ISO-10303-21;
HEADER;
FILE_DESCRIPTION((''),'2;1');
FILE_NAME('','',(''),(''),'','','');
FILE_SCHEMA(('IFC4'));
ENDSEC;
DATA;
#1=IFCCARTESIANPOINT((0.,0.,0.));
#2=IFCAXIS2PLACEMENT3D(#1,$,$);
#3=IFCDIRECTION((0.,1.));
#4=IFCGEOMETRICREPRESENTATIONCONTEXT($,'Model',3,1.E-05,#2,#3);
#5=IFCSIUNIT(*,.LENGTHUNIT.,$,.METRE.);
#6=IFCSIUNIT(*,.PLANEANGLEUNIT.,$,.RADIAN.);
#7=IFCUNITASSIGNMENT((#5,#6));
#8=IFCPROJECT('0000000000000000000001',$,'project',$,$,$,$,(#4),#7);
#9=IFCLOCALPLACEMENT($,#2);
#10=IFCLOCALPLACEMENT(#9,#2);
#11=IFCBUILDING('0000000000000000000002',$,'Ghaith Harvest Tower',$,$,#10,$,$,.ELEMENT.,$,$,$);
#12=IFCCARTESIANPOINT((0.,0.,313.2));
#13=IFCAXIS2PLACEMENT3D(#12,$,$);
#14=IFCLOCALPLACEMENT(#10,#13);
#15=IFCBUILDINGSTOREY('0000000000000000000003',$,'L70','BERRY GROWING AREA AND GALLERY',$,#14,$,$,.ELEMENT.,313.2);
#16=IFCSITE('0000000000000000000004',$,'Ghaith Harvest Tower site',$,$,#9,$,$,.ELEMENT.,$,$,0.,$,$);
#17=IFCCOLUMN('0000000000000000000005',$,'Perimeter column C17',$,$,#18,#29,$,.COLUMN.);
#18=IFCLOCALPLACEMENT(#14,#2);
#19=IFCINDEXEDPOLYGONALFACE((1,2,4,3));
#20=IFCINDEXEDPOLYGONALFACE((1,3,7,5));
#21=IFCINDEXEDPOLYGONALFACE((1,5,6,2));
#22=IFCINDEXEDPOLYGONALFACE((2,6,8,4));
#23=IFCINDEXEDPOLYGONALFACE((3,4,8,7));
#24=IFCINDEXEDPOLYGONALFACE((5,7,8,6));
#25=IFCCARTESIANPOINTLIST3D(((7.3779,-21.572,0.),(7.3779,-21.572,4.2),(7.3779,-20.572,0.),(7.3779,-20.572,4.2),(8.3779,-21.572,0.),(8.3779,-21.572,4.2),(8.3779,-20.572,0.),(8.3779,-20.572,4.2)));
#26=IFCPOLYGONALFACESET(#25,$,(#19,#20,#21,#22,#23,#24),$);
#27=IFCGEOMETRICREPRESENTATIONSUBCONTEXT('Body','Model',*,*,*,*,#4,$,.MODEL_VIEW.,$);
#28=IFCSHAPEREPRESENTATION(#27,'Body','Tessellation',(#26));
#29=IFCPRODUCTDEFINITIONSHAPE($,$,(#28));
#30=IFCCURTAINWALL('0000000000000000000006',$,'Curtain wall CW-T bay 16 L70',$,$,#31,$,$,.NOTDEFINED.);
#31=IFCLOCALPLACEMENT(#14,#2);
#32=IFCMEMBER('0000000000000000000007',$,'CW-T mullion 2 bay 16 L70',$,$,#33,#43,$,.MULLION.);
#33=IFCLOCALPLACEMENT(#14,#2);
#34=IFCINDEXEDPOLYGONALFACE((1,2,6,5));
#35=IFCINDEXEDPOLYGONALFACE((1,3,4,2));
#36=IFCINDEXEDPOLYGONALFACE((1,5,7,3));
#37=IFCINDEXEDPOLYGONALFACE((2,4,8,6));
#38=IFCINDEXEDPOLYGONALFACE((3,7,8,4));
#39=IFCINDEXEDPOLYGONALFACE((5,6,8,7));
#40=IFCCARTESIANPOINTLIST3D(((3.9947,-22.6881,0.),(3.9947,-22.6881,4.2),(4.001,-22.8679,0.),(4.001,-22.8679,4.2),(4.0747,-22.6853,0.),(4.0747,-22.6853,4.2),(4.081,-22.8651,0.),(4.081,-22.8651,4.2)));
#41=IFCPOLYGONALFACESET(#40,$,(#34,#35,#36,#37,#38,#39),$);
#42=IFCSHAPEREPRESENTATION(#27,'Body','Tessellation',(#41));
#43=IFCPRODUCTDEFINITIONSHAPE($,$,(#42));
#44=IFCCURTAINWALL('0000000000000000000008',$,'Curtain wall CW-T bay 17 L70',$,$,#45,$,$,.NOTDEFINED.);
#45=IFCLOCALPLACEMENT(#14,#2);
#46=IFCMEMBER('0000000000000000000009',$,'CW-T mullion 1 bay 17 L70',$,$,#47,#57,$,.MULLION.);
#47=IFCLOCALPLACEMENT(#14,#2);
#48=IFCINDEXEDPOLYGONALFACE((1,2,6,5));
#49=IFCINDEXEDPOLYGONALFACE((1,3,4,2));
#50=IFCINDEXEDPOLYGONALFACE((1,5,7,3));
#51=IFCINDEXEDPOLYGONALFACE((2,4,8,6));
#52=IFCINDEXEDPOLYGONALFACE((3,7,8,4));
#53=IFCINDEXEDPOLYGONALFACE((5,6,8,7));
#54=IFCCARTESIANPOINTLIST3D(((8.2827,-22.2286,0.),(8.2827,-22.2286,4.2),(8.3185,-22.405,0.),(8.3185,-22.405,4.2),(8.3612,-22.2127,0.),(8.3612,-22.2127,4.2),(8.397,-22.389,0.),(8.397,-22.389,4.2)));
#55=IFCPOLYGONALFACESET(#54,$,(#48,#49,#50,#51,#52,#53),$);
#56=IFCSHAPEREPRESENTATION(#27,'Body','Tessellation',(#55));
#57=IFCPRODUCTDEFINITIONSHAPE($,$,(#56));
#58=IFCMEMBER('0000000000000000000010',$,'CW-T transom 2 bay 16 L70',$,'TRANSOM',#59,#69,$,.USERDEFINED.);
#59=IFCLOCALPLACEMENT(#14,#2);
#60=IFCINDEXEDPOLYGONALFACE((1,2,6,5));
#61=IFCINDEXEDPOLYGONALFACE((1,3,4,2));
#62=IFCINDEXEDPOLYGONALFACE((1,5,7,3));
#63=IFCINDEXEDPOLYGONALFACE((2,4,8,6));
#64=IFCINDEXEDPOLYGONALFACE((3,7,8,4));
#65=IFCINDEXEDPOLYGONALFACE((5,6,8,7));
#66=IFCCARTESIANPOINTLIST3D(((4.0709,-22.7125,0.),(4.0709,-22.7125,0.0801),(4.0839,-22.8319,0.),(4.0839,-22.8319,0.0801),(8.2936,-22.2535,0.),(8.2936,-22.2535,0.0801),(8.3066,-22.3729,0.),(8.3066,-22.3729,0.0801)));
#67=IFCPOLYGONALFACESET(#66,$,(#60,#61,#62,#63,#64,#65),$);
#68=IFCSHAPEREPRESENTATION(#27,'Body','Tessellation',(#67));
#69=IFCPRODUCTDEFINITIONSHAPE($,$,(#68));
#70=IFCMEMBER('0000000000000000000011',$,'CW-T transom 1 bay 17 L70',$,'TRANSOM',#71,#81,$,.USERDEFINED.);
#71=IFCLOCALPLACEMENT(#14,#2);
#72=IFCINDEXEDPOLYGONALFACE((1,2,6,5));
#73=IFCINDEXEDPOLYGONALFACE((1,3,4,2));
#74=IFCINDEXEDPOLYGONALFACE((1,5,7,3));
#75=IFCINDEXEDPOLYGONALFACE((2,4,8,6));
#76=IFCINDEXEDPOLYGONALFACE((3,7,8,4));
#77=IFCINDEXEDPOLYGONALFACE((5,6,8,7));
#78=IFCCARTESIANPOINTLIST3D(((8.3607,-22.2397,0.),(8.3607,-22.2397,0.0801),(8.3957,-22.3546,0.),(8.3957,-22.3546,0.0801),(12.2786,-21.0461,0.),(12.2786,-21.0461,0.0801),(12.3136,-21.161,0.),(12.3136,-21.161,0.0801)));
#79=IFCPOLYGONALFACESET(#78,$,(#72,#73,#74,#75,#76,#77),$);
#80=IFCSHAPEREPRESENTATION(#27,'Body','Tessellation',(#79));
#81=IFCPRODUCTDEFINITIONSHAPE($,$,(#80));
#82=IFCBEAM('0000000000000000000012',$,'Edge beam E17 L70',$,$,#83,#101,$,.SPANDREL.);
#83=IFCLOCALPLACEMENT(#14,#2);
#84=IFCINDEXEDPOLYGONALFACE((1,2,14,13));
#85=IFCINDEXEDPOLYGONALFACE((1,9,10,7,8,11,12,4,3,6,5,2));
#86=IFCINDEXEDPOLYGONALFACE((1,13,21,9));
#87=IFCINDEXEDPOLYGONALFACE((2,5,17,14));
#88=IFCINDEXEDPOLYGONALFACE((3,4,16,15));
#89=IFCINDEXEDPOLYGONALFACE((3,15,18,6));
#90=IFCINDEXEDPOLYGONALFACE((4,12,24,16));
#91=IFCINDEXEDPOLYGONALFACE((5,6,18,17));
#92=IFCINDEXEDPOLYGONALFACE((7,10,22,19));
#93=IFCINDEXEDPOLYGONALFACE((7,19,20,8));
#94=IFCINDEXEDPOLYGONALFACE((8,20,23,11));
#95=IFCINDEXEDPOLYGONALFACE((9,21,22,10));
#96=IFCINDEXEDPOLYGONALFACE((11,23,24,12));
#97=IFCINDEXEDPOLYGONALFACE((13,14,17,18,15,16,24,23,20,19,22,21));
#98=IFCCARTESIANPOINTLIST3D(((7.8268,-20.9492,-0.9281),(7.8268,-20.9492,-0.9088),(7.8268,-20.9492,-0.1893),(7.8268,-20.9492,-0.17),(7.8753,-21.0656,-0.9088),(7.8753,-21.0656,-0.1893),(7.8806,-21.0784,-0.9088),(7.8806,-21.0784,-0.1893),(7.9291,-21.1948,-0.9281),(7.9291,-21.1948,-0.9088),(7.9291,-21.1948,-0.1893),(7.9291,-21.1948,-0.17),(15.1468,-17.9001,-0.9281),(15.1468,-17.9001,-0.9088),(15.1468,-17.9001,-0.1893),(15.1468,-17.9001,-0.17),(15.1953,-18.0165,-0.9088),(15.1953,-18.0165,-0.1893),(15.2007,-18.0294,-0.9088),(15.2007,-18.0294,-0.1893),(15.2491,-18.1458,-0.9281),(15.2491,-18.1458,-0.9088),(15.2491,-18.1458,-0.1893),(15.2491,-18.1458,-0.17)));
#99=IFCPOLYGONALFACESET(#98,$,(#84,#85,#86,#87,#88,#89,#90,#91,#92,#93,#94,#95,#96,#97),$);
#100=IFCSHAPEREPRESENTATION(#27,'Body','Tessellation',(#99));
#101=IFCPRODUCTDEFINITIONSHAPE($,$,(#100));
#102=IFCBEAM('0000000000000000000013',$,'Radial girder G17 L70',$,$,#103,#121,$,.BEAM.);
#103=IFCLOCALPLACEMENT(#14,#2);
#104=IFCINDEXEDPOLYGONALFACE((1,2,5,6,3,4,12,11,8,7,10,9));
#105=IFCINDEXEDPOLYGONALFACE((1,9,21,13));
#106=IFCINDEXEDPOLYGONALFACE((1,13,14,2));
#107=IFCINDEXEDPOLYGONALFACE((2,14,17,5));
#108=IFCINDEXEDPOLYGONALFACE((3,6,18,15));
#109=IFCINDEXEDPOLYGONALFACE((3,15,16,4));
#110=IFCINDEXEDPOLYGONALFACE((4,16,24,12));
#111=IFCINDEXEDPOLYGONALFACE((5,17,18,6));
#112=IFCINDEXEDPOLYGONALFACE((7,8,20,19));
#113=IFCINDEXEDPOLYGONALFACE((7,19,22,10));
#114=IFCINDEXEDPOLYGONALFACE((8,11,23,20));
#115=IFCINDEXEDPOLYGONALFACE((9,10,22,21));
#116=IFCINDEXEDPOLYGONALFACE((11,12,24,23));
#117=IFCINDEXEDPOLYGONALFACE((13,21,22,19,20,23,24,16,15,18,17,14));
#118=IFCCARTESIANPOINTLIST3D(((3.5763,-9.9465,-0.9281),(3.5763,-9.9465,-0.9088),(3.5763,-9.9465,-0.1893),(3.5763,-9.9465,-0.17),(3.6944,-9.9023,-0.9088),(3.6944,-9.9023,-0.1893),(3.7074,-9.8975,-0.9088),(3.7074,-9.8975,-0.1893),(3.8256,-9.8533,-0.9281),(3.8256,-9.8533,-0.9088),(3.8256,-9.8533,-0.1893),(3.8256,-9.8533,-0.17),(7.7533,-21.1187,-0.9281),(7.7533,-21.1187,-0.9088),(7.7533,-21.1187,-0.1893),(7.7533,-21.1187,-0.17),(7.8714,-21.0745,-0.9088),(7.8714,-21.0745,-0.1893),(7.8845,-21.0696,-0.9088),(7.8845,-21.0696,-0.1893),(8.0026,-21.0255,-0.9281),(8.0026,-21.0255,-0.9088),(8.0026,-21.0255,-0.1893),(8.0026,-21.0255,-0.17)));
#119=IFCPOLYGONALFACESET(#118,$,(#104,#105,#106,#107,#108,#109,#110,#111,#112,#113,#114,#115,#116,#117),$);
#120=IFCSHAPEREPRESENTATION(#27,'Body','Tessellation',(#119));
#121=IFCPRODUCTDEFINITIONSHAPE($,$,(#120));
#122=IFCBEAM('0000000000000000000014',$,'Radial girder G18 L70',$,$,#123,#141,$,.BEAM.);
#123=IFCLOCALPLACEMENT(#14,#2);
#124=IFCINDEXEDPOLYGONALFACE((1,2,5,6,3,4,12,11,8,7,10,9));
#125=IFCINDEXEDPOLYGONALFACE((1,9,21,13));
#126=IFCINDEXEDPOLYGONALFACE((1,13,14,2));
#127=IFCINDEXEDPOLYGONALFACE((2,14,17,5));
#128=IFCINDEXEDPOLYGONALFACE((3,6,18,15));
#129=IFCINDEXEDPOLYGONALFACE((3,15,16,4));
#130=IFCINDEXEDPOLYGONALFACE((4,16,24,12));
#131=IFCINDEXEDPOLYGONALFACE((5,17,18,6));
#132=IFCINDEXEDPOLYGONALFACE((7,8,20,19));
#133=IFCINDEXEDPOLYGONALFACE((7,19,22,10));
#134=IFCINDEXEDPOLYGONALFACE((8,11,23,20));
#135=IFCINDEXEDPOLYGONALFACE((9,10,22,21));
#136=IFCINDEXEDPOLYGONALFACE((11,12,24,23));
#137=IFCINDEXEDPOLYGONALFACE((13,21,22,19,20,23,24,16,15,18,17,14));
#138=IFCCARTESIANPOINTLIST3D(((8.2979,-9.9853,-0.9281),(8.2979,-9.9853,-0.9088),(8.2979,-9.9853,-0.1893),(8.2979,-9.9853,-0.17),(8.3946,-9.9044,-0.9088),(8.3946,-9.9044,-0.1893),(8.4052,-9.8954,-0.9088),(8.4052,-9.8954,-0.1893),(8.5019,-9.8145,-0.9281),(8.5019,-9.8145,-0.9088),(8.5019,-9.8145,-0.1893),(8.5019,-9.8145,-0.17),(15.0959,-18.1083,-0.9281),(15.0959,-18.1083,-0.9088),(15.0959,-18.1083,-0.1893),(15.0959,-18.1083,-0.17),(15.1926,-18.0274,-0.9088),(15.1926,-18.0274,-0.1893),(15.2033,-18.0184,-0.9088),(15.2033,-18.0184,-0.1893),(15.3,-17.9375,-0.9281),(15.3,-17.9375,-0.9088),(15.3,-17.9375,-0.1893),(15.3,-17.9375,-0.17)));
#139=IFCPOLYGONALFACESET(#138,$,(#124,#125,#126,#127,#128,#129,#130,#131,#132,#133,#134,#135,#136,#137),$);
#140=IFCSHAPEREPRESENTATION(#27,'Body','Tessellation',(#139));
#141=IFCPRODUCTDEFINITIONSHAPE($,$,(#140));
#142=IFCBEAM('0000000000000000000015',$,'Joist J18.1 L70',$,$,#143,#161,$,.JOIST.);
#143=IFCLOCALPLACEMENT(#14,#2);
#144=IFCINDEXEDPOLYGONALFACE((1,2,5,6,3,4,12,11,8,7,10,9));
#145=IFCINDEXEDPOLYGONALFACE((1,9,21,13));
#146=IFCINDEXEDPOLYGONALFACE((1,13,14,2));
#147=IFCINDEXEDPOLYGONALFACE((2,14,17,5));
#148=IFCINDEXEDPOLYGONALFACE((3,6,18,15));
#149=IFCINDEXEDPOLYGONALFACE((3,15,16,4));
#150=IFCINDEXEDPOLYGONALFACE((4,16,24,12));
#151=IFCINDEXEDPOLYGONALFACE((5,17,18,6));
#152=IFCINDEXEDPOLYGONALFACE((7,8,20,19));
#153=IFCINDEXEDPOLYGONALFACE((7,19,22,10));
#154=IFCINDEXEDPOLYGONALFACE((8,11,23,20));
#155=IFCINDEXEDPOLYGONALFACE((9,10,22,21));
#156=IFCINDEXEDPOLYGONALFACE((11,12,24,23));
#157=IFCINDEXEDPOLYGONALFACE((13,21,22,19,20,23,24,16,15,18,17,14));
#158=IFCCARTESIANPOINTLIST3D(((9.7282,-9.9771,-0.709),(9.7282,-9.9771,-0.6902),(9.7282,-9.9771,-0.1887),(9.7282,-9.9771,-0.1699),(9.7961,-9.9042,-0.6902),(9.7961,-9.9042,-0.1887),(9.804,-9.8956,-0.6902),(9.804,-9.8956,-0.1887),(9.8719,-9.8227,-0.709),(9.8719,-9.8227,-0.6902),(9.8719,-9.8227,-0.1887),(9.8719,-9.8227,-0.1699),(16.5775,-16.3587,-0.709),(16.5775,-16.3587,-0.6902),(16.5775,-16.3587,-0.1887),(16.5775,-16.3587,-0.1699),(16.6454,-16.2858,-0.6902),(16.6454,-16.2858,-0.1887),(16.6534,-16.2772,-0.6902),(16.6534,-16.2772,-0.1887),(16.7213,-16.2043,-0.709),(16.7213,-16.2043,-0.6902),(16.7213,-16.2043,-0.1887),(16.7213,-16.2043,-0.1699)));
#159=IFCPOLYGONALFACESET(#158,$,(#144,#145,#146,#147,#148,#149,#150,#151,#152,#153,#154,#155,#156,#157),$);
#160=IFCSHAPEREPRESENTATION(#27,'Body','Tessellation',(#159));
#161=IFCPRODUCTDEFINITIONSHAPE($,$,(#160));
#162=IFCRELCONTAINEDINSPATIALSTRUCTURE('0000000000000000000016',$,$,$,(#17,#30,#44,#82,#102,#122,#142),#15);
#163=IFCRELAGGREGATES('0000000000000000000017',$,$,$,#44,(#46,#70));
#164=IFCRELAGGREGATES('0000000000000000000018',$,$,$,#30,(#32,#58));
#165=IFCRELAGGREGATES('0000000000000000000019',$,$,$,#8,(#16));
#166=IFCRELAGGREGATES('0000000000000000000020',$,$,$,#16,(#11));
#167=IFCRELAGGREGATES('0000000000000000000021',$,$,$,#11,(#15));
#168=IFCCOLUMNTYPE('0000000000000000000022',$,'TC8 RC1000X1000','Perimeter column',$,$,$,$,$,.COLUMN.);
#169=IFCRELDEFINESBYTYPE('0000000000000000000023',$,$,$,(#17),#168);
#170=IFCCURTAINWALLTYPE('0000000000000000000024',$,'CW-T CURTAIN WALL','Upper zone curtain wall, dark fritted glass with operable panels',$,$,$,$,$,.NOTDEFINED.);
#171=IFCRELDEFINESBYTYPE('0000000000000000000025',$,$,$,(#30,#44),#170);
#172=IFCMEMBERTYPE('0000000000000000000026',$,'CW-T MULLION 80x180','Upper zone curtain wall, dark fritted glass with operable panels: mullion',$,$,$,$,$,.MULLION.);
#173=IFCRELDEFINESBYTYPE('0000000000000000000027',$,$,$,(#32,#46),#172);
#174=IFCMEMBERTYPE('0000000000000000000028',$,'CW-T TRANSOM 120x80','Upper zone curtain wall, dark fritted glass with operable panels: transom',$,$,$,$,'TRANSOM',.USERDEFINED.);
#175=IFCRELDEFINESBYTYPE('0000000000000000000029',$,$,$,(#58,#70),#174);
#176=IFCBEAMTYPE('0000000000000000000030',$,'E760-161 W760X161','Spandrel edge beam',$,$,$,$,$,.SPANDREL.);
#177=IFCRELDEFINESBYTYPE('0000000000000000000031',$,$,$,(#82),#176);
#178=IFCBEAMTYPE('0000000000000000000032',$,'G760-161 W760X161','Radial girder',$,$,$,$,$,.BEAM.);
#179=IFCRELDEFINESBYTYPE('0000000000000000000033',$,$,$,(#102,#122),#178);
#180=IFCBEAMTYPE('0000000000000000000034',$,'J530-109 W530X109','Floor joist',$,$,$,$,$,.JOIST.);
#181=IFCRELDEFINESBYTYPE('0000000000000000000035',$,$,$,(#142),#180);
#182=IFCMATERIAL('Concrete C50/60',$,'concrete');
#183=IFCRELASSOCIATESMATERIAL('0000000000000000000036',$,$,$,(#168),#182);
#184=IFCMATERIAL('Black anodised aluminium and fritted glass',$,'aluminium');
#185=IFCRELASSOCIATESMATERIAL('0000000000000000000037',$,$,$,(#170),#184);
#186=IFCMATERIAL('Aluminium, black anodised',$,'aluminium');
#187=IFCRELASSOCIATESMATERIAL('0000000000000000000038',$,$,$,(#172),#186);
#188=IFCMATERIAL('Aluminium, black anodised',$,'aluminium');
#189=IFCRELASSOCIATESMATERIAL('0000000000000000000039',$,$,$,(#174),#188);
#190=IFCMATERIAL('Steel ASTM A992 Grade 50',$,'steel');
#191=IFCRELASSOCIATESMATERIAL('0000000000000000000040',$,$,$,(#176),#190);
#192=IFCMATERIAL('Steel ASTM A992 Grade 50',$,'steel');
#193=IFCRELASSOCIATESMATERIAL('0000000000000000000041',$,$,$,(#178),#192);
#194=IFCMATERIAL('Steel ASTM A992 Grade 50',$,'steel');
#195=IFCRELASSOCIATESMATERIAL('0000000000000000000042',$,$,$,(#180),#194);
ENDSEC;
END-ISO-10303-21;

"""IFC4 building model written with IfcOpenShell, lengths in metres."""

from ifc_helpers import new_model, si_unit, direction, frame, origin, origin_2d, place, context, subcontext, project, spatial, rectangle, i_section, extrude, material, material_profile, profile_set, type_object, element, aggregate, save


model = new_model("IFC4")

# Units and contexts
model_context = context("Model", 3, precision=1e-05, world=origin(), true_north=direction((0.0, 1.0)))
body_context = subcontext(model_context, "Body", "Model", "MODEL_VIEW")
ifc_project = project(units=[si_unit("LENGTHUNIT", "METRE"), si_unit("PLANEANGLEUNIT", "RADIAN")], contexts=[model_context])

# Site, building, storey
site_placement = place(None, origin())
site = spatial("IfcSite", under=ifc_project, at=site_placement, Name="Ghaith Harvest Tower site", CompositionType="ELEMENT", RefElevation=0.0)
building_placement = place(site_placement, origin())
building = spatial("IfcBuilding", under=site, at=building_placement, Name="Ghaith Harvest Tower", CompositionType="ELEMENT")
storey_placement = place(building_placement, frame((0.0, 0.0, 313.2)))
storey = spatial("IfcBuildingStorey", under=building, at=storey_placement, Name="L70", Description="BERRY GROWING AREA AND GALLERY", CompositionType="ELEMENT", Elevation=313.2)

# Column
ifc_material_1 = material(Name="Concrete C50/60", Category="concrete")
ifc_material_profile_1 = material_profile(ifc_material_1, rectangle(XDim=1.0, YDim=1.0, at=origin_2d()), Name="RC1000X1000")
ifc_profile_set_1 = profile_set([ifc_material_profile_1], Name="Concrete C50/60")
column_type = type_object("IfcColumnType", Name="TC8 RC1000X1000", Description="Perimeter column", PredefinedType="COLUMN", material=ifc_profile_set_1)
column_placement = place(storey_placement, frame((7.8779, -21.072, 0.0), z_axis=(0.0, 0.0, 1.0), x_axis=(1.0, 0.0, 0.0)))
element("IfcColumn", 1, at=column_placement, inside=storey, type_object=column_type, Name="Perimeter column C17", PredefinedType="COLUMN", context=body_context, shape_type="SweptSolid", body=[
    extrude(rectangle(XDim=1.0, YDim=1.0, at=origin_2d()), origin(), (0.0, 0.0, 1.0), 4.2),
])

# Curtain walls, members
ifc_material_2 = material(Name="Black anodised aluminium and fritted glass", Category="aluminium")
curtain_wall_type = type_object("IfcCurtainWallType", Name="CW-T CURTAIN WALL", Description="Upper zone curtain wall, dark fritted glass with operable panels", PredefinedType="NOTDEFINED", material=ifc_material_2)
curtain_wall_1_placement = place(storey_placement, origin())
curtain_wall_1 = element("IfcCurtainWall", 2, at=curtain_wall_1_placement, inside=storey, type_object=curtain_wall_type, Name="Curtain wall CW-T bay 16 L70", PredefinedType="NOTDEFINED")
ifc_material_3 = material(Name="Aluminium, black anodised", Category="aluminium")
ifc_material_profile_2 = material_profile(ifc_material_3, rectangle(XDim=0.0801, YDim=0.1799, at=origin_2d()), Name="CW-T MULLION 80x180")
ifc_profile_set_2 = profile_set([ifc_material_profile_2], Name="Aluminium, black anodised")
member_type_1 = type_object("IfcMemberType", Name="CW-T MULLION 80x180", Description="Upper zone curtain wall, dark fritted glass with operable panels: mullion", PredefinedType="MULLION", material=ifc_profile_set_2)
member_1_placement = place(storey_placement, frame((4.0378, -22.7766, 0.0), z_axis=(0.0, 0.0, 1.0), x_axis=(0.999389, 0.034962, 0.0)))
member_1 = element("IfcMember", 3, at=member_1_placement, type_object=member_type_1, Name="CW-T mullion 2 bay 16 L70", PredefinedType="MULLION", context=body_context, shape_type="SweptSolid", body=[
    extrude(rectangle(XDim=0.0801, YDim=0.1799, at=origin_2d()), origin(), (0.0, 0.0, 1.0), 4.2),
])
curtain_wall_2_placement = place(storey_placement, origin())
curtain_wall_2 = element("IfcCurtainWall", 4, at=curtain_wall_2_placement, inside=storey, type_object=curtain_wall_type, Name="Curtain wall CW-T bay 17 L70", PredefinedType="NOTDEFINED")
member_2_placement = place(storey_placement, frame((8.3398, -22.3088, 0.0), z_axis=(0.0, 0.0, 1.0), x_axis=(0.98, 0.198997, 0.0)))
member_2 = element("IfcMember", 5, at=member_2_placement, type_object=member_type_1, Name="CW-T mullion 1 bay 17 L70", PredefinedType="MULLION", context=body_context, shape_type="SweptSolid", body=[
    extrude(rectangle(XDim=0.0801, YDim=0.1799, at=origin_2d()), origin(), (0.0, 0.0, 1.0), 4.2),
])

# Members
ifc_material_4 = material(Name="Aluminium, black anodised", Category="aluminium")
ifc_material_profile_3 = material_profile(ifc_material_4, rectangle(XDim=0.1201, YDim=0.0801, at=origin_2d()), Name="CW-T TRANSOM 120x80")
ifc_profile_set_3 = profile_set([ifc_material_profile_3], Name="Aluminium, black anodised")
member_type_2 = type_object("IfcMemberType", Name="CW-T TRANSOM 120x80", Description="Upper zone curtain wall, dark fritted glass with operable panels: transom", ElementType="TRANSOM", PredefinedType="USERDEFINED", material=ifc_profile_set_3)
member_3_placement = place(storey_placement, frame((4.0774, -22.7722, 0.04), z_axis=(0.994144, 0.108059, 0.0), x_axis=(-0.108059, 0.994144, 0.0)))
member_3 = element("IfcMember", 6, at=member_3_placement, type_object=member_type_2, Name="CW-T transom 2 bay 16 L70", ObjectType="TRANSOM", PredefinedType="USERDEFINED", context=body_context, shape_type="SweptSolid", body=[
    extrude(rectangle(XDim=0.1201, YDim=0.0801, at=origin_2d()), origin(), (0.0, 0.0, 1.0), 4.2476),
])
member_4_placement = place(storey_placement, frame((8.3782, -22.2971, 0.04), z_axis=(0.956594, 0.291425, 0.0), x_axis=(-0.291425, 0.956594, 0.0)))
member_4 = element("IfcMember", 7, at=member_4_placement, type_object=member_type_2, Name="CW-T transom 1 bay 17 L70", ObjectType="TRANSOM", PredefinedType="USERDEFINED", context=body_context, shape_type="SweptSolid", body=[
    extrude(rectangle(XDim=0.1201, YDim=0.0801, at=origin_2d()), origin(), (0.0, 0.0, 1.0), 4.0957),
])
aggregate(curtain_wall_2, [member_2, member_4])

# Beams
ifc_material_5 = material(Name="Steel ASTM A992 Grade 50", Category="steel")
ifc_material_profile_4 = material_profile(ifc_material_5, i_section(OverallWidth=0.2661, OverallDepth=0.7581, WebThickness=0.0139, FlangeThickness=0.0193, at=origin_2d()), Name="W760X161")
ifc_profile_set_4 = profile_set([ifc_material_profile_4], Name="Steel ASTM A992 Grade 50")
beam_type_1 = type_object("IfcBeamType", Name="E760-161 W760X161", Description="Spandrel edge beam", PredefinedType="SPANDREL", material=ifc_profile_set_4)
beam_1_placement = place(storey_placement, frame((7.8779, -21.072, -0.5491), z_axis=(0.92312, 0.384513, 0.0), x_axis=(-0.384513, 0.92312, 0.0)))
element("IfcBeam", 8, at=beam_1_placement, inside=storey, type_object=beam_type_1, Name="Edge beam E17 L70", PredefinedType="SPANDREL", context=body_context, shape_type="SweptSolid", body=[
    extrude(i_section(OverallWidth=0.2661, OverallDepth=0.7581, WebThickness=0.0139, FlangeThickness=0.0193, at=origin_2d()), origin(), (0.0, 0.0, 1.0), 7.9297),
])
ifc_material_6 = material(Name="Steel ASTM A992 Grade 50", Category="steel")
ifc_material_profile_5 = material_profile(ifc_material_6, i_section(OverallWidth=0.2661, OverallDepth=0.7581, WebThickness=0.0139, FlangeThickness=0.0193, at=origin_2d()), Name="W760X161")
ifc_profile_set_5 = profile_set([ifc_material_profile_5], Name="Steel ASTM A992 Grade 50")
beam_type_2 = type_object("IfcBeamType", Name="G760-161 W760X161", Description="Radial girder", PredefinedType="BEAM", material=ifc_profile_set_5)
beam_2_placement = place(storey_placement, frame((3.7009, -9.8999, -0.5491), z_axis=(0.350201, -0.936674, 0.0), x_axis=(0.936674, 0.350201, 0.0)))
element("IfcBeam", 9, at=beam_2_placement, inside=storey, type_object=beam_type_2, Name="Radial girder G17 L70", PredefinedType="BEAM", context=body_context, shape_type="SweptSolid", body=[
    extrude(i_section(OverallWidth=0.2661, OverallDepth=0.7581, WebThickness=0.0139, FlangeThickness=0.0193, at=origin_2d()), origin(), (0.0, 0.0, 1.0), 11.9275),
])
beam_3_placement = place(storey_placement, frame((8.3999, -9.8999, -0.5491), z_axis=(0.641793, -0.766878, 0.0), x_axis=(0.766878, 0.641793, 0.0)))
element("IfcBeam", 10, at=beam_3_placement, inside=storey, type_object=beam_type_2, Name="Radial girder G18 L70", PredefinedType="BEAM", context=body_context, shape_type="SweptSolid", body=[
    extrude(i_section(OverallWidth=0.2661, OverallDepth=0.7581, WebThickness=0.0139, FlangeThickness=0.0193, at=origin_2d()), origin(), (0.0, 0.0, 1.0), 10.5923),
])
ifc_material_7 = material(Name="Steel ASTM A992 Grade 50", Category="steel")
ifc_material_profile_6 = material_profile(ifc_material_7, i_section(OverallWidth=0.2109, OverallDepth=0.5391, WebThickness=0.0117, FlangeThickness=0.0188, at=origin_2d()), Name="W530X109")
ifc_profile_set_6 = profile_set([ifc_material_profile_6], Name="Steel ASTM A992 Grade 50")
beam_type_3 = type_object("IfcBeamType", Name="J530-109 W530X109", Description="Floor joist", PredefinedType="JOIST", material=ifc_profile_set_6)
beam_4_placement = place(storey_placement, frame((9.8, -9.8999, -0.4395), z_axis=(0.731649, -0.681682, 0.0), x_axis=(0.681682, 0.731649, 0.0)))
element("IfcBeam", 11, at=beam_4_placement, inside=storey, type_object=beam_type_3, Name="Joist J18.1 L70", PredefinedType="JOIST", context=body_context, shape_type="SweptSolid", body=[
    extrude(i_section(OverallWidth=0.2109, OverallDepth=0.5391, WebThickness=0.0117, FlangeThickness=0.0188, at=origin_2d()), origin(), (0.0, 0.0, 1.0), 9.3616),
])

aggregate(curtain_wall_1, [member_1, member_3])

save(model, "model.ifc")
